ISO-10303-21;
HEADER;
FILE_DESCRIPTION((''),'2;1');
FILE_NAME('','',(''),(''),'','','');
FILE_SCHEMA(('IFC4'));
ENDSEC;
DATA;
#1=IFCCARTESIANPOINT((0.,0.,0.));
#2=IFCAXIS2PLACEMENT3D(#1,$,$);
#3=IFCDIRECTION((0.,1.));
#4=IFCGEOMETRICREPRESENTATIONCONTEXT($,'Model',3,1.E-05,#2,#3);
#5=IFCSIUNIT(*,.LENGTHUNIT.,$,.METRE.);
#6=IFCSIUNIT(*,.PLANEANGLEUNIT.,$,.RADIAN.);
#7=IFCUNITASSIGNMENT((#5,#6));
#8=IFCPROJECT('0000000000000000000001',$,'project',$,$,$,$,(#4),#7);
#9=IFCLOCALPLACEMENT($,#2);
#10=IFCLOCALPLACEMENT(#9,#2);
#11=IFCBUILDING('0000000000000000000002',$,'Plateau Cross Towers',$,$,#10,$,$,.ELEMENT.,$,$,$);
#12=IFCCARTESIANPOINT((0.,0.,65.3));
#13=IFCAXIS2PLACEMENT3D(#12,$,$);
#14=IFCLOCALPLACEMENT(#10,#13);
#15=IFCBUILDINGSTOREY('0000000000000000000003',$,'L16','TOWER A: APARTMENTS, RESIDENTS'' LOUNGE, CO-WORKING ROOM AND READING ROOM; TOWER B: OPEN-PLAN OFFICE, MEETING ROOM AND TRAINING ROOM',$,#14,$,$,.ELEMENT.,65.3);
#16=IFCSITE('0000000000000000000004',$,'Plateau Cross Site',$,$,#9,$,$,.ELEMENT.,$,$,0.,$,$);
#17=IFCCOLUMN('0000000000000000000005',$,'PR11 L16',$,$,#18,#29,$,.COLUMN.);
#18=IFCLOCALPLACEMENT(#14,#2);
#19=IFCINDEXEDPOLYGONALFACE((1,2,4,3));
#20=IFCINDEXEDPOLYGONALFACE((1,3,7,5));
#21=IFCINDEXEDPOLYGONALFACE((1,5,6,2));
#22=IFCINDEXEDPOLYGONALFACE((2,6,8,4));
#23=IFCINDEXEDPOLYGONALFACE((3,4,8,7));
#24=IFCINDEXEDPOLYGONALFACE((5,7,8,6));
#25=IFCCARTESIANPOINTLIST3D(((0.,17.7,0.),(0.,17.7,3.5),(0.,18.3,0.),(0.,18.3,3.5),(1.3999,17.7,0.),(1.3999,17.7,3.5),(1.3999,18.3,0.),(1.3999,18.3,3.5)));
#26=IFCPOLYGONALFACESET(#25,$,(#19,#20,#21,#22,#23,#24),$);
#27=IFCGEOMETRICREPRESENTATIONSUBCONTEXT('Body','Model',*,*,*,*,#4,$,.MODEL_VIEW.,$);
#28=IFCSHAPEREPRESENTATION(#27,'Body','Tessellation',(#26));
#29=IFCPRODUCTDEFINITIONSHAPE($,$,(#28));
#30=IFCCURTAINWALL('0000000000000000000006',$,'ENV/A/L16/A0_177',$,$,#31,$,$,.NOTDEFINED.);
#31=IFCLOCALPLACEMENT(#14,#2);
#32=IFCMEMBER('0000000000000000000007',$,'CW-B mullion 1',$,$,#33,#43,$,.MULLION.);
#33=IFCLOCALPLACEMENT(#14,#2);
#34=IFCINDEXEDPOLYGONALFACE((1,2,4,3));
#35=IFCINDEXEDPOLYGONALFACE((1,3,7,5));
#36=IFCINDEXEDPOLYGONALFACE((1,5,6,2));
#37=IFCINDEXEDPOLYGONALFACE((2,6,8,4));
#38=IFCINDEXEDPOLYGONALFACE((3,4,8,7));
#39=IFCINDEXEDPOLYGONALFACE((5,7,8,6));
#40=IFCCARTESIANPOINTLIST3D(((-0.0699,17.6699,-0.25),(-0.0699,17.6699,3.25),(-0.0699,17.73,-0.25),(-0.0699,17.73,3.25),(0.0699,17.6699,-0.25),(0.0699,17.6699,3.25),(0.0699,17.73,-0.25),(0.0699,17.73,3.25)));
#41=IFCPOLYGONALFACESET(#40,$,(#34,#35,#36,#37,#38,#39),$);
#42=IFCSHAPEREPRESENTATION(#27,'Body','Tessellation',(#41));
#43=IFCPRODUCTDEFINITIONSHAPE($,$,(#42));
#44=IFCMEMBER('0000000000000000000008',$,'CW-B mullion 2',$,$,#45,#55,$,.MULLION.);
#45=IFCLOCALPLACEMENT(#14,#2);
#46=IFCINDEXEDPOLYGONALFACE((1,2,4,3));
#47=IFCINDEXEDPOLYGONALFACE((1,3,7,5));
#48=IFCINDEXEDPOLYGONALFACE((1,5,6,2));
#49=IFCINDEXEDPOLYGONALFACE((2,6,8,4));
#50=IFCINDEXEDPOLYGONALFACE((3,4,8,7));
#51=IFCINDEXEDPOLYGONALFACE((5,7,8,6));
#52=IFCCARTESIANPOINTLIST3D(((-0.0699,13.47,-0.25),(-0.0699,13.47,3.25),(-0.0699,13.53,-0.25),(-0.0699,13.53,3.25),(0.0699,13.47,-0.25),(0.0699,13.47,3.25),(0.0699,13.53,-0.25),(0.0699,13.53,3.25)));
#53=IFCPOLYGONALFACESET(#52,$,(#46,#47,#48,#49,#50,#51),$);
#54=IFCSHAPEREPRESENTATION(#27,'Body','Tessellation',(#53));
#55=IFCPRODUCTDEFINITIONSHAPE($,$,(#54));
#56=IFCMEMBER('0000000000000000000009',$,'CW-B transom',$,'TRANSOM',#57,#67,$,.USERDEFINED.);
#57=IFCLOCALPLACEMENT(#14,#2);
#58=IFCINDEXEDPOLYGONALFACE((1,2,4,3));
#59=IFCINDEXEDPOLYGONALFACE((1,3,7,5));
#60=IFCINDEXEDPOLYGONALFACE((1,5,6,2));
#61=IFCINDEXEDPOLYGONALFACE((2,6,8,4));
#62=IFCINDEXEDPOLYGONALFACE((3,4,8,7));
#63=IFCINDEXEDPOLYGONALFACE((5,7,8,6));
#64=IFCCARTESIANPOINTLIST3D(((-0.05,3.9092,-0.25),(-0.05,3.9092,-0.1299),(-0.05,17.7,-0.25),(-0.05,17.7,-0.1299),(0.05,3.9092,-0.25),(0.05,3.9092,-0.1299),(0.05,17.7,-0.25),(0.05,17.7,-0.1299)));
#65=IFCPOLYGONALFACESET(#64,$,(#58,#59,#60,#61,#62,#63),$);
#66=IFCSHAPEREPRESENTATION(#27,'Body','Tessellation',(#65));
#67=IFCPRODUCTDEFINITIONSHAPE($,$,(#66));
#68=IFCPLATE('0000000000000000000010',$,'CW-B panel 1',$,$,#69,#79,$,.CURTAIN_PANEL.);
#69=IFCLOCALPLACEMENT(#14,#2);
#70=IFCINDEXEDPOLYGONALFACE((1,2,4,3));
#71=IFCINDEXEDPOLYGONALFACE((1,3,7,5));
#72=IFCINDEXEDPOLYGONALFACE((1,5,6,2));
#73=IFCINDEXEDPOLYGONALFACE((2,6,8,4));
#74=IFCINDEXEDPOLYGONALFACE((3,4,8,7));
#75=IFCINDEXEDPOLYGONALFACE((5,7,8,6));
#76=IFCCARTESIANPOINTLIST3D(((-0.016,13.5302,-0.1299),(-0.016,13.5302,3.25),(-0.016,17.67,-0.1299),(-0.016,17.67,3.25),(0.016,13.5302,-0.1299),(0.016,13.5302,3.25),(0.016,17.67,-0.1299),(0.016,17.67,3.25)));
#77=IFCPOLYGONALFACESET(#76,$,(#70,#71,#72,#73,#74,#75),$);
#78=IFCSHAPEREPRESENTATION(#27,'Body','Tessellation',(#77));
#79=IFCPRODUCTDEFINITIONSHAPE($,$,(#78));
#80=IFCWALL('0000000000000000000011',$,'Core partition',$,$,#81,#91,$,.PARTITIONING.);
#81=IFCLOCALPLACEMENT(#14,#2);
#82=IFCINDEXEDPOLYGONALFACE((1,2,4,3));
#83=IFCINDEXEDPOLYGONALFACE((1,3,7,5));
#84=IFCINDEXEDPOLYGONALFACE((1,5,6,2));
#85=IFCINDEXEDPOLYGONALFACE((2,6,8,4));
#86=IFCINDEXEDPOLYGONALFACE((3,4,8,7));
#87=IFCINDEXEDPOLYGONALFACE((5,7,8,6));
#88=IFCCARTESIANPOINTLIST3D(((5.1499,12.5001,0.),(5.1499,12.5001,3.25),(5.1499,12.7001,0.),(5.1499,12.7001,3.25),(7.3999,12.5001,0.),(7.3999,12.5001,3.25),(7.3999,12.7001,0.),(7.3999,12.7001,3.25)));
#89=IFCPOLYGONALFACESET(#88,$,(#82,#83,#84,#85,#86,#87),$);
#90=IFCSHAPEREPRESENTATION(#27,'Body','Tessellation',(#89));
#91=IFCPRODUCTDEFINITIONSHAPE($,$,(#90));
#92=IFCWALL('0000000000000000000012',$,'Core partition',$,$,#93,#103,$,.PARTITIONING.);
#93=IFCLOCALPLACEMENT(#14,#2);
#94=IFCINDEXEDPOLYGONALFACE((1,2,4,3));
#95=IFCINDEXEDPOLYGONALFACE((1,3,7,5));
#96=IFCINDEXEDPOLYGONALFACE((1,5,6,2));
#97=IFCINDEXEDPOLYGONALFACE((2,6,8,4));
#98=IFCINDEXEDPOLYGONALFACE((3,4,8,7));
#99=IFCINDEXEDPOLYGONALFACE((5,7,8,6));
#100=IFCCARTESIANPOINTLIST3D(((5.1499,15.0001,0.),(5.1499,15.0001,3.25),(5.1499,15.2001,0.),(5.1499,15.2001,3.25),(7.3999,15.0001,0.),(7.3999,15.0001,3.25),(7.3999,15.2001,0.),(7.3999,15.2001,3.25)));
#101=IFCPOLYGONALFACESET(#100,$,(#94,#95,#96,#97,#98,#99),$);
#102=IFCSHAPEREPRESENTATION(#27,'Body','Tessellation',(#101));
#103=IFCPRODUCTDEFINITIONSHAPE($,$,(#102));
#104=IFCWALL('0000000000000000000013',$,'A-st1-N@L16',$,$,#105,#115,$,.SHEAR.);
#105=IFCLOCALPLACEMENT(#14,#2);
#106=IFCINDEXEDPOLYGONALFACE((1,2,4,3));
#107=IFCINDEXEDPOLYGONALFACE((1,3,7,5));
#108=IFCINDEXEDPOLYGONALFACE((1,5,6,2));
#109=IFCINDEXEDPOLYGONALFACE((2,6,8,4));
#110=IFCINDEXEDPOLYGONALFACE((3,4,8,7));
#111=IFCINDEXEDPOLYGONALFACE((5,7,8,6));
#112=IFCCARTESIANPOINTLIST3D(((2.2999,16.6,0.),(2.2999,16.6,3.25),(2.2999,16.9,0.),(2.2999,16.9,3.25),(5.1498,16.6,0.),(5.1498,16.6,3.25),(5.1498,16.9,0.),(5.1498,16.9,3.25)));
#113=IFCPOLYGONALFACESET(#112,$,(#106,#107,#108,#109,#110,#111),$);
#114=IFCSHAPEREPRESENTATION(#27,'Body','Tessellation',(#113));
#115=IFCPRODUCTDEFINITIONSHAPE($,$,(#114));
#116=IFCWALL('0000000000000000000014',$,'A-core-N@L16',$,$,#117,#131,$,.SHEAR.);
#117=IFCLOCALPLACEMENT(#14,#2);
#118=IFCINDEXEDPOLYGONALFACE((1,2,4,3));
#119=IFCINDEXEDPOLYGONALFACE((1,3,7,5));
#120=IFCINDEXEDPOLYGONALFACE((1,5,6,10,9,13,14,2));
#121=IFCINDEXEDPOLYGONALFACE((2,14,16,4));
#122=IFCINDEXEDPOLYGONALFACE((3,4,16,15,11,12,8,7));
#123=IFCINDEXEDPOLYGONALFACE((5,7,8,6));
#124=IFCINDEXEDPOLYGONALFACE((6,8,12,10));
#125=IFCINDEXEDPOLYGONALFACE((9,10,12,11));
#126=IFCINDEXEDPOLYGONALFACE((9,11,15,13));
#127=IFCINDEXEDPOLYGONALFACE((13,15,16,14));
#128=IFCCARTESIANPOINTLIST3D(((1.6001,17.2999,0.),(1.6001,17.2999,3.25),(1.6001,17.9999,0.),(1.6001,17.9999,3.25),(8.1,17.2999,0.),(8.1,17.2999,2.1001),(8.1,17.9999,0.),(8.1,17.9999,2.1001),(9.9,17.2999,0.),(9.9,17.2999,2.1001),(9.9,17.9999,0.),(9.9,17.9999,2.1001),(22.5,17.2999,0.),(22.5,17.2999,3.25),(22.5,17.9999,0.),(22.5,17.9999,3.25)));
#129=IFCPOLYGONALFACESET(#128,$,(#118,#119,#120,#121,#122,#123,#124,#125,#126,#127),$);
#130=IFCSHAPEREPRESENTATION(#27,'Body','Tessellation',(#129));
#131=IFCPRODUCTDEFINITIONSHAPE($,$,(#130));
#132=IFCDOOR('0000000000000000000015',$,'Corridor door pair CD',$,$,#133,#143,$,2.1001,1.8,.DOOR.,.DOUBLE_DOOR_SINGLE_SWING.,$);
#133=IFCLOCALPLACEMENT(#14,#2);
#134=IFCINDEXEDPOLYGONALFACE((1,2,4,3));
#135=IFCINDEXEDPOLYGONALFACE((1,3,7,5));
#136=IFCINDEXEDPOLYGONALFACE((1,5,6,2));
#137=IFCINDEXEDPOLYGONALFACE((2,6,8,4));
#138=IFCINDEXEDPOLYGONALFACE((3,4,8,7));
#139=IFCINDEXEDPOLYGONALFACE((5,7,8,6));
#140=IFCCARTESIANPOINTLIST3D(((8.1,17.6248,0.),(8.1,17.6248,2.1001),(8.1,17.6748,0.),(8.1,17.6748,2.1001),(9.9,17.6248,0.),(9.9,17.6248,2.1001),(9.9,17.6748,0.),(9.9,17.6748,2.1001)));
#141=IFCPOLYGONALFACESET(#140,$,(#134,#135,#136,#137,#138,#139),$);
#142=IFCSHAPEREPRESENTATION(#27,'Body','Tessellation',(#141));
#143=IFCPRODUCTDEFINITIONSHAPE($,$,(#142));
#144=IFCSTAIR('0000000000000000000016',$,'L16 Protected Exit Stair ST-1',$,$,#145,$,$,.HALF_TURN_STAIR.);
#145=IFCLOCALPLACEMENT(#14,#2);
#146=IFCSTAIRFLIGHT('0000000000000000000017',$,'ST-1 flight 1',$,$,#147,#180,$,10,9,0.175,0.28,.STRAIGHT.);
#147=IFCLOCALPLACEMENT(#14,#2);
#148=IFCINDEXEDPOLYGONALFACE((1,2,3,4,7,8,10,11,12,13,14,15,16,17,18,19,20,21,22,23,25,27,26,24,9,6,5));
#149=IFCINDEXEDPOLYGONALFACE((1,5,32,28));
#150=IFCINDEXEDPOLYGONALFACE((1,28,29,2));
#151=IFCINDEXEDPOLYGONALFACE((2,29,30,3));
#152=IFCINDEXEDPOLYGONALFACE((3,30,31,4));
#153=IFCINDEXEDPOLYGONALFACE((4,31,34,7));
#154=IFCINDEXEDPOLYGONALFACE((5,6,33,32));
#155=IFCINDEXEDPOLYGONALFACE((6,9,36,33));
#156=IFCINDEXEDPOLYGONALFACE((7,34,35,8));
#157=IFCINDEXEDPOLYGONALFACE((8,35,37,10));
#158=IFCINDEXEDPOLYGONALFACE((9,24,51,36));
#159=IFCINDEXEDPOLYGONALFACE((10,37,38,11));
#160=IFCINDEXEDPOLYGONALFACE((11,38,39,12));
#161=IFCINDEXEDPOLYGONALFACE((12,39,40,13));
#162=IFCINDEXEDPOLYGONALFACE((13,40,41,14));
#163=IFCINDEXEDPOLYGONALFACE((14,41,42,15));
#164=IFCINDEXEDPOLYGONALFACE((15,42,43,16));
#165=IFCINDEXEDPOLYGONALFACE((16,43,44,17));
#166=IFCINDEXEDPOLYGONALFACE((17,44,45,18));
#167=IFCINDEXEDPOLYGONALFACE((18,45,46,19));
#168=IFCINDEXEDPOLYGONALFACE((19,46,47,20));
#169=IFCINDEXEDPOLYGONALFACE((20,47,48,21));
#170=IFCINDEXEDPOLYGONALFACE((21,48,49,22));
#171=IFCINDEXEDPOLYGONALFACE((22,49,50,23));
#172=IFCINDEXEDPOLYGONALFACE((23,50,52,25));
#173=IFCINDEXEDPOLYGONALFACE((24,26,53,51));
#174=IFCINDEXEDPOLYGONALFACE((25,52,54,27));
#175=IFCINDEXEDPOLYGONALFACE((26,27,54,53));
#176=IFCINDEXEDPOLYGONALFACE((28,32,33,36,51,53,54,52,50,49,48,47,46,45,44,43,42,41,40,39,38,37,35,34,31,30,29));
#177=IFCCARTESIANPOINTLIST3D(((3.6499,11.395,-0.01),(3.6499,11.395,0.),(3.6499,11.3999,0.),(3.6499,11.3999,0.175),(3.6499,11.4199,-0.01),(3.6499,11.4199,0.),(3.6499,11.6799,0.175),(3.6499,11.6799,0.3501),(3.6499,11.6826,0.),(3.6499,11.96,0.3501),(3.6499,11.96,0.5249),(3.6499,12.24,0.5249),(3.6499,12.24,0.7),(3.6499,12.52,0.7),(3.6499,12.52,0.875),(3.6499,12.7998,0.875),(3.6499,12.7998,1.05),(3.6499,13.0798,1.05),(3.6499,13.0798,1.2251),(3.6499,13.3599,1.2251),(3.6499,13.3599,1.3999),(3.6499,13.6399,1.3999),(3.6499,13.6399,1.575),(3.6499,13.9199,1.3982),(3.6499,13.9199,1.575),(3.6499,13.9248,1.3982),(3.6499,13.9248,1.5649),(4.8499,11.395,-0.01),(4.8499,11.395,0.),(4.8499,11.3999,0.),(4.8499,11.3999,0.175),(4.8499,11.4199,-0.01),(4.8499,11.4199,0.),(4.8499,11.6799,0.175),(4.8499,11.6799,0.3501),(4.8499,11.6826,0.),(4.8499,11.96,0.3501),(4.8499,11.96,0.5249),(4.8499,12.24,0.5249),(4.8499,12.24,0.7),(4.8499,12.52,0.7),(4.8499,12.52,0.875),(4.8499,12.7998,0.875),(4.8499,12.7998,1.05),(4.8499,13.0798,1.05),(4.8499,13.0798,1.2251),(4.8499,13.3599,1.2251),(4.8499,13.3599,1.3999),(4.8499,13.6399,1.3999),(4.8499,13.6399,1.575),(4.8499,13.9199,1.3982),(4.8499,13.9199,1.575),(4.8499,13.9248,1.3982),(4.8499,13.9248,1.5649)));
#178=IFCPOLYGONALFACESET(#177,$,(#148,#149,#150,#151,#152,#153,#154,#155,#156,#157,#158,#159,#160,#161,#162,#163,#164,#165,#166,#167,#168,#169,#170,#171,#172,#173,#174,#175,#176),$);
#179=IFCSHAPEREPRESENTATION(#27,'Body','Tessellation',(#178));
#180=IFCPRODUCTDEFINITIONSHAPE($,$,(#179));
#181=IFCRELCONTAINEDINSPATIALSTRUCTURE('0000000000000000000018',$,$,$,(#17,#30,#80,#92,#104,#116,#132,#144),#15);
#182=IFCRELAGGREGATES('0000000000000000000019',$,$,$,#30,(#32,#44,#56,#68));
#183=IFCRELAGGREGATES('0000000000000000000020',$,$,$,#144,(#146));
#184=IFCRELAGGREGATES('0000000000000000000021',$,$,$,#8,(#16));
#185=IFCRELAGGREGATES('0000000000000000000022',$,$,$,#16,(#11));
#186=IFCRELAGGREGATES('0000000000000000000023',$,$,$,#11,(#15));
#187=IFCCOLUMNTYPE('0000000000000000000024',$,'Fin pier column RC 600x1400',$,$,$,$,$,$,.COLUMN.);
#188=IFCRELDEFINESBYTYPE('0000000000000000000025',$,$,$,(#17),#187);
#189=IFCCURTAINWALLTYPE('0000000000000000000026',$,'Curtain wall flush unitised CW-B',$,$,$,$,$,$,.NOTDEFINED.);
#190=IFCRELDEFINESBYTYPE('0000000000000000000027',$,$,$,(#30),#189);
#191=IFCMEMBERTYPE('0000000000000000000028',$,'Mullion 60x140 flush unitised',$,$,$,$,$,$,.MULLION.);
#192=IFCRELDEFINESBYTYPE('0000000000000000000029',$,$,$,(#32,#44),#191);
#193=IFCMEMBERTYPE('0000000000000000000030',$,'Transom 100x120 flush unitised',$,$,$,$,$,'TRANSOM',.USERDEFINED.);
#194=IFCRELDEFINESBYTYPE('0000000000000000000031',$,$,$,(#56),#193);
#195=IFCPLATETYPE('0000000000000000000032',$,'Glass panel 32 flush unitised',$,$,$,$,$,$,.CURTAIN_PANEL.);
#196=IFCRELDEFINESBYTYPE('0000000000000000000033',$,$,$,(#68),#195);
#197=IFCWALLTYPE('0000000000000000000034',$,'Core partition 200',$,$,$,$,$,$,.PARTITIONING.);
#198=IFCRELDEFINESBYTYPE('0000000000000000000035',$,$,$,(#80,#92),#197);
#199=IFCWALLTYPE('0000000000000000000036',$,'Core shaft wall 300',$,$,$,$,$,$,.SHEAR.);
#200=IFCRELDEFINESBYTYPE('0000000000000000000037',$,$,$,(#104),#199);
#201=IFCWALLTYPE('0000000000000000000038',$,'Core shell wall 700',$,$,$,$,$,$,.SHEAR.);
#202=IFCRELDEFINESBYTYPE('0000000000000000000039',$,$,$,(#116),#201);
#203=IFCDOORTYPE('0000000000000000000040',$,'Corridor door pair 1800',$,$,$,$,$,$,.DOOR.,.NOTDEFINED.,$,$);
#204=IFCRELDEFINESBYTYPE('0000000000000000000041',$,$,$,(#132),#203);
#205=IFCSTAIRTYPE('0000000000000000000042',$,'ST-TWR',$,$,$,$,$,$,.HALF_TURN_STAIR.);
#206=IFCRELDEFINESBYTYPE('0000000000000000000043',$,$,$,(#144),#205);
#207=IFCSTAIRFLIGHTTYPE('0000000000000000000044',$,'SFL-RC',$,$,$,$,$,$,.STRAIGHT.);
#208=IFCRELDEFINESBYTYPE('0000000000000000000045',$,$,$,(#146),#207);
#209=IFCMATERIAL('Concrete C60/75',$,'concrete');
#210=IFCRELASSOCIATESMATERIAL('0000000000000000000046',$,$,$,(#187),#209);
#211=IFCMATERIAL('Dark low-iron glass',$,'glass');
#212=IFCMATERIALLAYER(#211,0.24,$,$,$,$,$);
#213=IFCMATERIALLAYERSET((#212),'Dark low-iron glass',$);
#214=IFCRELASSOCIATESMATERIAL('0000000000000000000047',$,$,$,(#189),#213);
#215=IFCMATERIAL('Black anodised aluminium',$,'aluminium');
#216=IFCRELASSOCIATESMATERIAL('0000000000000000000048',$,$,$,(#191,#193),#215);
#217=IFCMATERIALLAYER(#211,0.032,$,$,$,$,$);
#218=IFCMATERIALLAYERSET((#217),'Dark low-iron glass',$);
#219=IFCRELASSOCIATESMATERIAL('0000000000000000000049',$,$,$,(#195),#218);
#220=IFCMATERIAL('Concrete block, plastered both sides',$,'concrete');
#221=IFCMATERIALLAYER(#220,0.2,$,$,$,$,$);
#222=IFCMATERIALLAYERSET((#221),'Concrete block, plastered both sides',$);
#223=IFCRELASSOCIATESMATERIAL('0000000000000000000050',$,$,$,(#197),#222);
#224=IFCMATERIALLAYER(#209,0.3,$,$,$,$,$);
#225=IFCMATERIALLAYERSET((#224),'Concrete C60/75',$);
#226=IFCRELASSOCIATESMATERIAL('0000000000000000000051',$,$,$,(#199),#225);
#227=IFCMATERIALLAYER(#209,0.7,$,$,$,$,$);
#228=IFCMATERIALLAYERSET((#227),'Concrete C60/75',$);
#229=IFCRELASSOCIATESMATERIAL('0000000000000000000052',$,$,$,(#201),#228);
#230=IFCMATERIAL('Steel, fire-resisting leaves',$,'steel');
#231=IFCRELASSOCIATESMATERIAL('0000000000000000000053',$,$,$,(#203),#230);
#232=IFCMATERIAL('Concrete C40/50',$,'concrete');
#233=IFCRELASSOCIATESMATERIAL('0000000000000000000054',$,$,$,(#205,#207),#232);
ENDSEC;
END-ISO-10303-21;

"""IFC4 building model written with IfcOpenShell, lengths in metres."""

from ifc_helpers import new_model, si_unit, direction, frame, frame_2d, origin, origin_2d, place, context, subcontext, project, spatial, polyline, rectangle, outline, extrude, material, layer, layer_set, material_profile, profile_set, type_object, element, fill, aggregate, save


model = new_model("IFC4")

# Units and contexts
model_context = context("Model", 3, precision=1e-05, world=origin(), true_north=direction((0.0, 1.0)))
body_context = subcontext(model_context, "Body", "Model", "MODEL_VIEW")
ifc_project = project(units=[si_unit("LENGTHUNIT", "METRE"), si_unit("PLANEANGLEUNIT", "RADIAN")], contexts=[model_context])

# Site, building, storey
site_placement = place(None, origin())
site = spatial("IfcSite", under=ifc_project, at=site_placement, Name="Plateau Cross Site", CompositionType="ELEMENT", RefElevation=0.0)
building_placement = place(site_placement, origin())
building = spatial("IfcBuilding", under=site, at=building_placement, Name="Plateau Cross Towers", CompositionType="ELEMENT")
storey_placement = place(building_placement, frame((0.0, 0.0, 65.3)))
storey = spatial("IfcBuildingStorey", under=building, at=storey_placement, Name="L16", Description="TOWER A: APARTMENTS, RESIDENTS' LOUNGE, CO-WORKING ROOM AND READING ROOM; TOWER B: OPEN-PLAN OFFICE, MEETING ROOM AND TRAINING ROOM", CompositionType="ELEMENT", Elevation=65.3)

# Column
ifc_material_1 = material(Name="Concrete C60/75", Category="concrete")
ifc_material_profile_1 = material_profile(ifc_material_1, rectangle(XDim=0.6001, YDim=1.3999, at=origin_2d()), Name="RC 600x1400")
ifc_profile_set_1 = profile_set([ifc_material_profile_1], Name="Concrete C60/75")
column_type = type_object("IfcColumnType", Name="Fin pier column RC 600x1400", PredefinedType="COLUMN", material=ifc_profile_set_1)
column_placement = place(storey_placement, frame((0.7, 18.0, 0.0), z_axis=(0.0, 0.0, 1.0), x_axis=(0.0, 1.0, 0.0)))
element("IfcColumn", 1, at=column_placement, inside=storey, type_object=column_type, Name="PR11 L16", PredefinedType="COLUMN", context=body_context, shape_type="SweptSolid", body=[
    extrude(rectangle(XDim=0.6001, YDim=1.3999, at=origin_2d()), origin(), (0.0, 0.0, 1.0), 3.5),
])

# Curtain wall, members, plate
ifc_material_2 = material(Name="Dark low-iron glass", Category="glass")
ifc_layer_1 = layer(ifc_material_2, 0.24)
ifc_layer_set_1 = layer_set([ifc_layer_1], Name="Dark low-iron glass")
curtain_wall_type = type_object("IfcCurtainWallType", Name="Curtain wall flush unitised CW-B", PredefinedType="NOTDEFINED", material=ifc_layer_set_1)
curtain_wall_placement = place(storey_placement, origin())
curtain_wall = element("IfcCurtainWall", 2, at=curtain_wall_placement, inside=storey, type_object=curtain_wall_type, Name="ENV/A/L16/A0_177", PredefinedType="NOTDEFINED")
ifc_material_3 = material(Name="Black anodised aluminium", Category="aluminium")
ifc_material_profile_2 = material_profile(ifc_material_3, rectangle(XDim=0.0601, YDim=0.1399, at=origin_2d()), Name="MULLION 60x140")
ifc_profile_set_2 = profile_set([ifc_material_profile_2], Name="Black anodised aluminium")
member_type_1 = type_object("IfcMemberType", Name="Mullion 60x140 flush unitised", PredefinedType="MULLION", material=ifc_profile_set_2)
member_1_placement = place(storey_placement, frame((0.0, 17.7, -0.25), z_axis=(0.0, 0.0, 1.0), x_axis=(0.0, -1.0, 0.0)))
member_1 = element("IfcMember", 3, at=member_1_placement, type_object=member_type_1, Name="CW-B mullion 1", PredefinedType="MULLION", context=body_context, shape_type="SweptSolid", body=[
    extrude(rectangle(XDim=0.0601, YDim=0.1399, at=origin_2d()), origin(), (0.0, 0.0, 1.0), 3.5),
])
member_2_placement = place(storey_placement, frame((0.0, 13.5, -0.25), z_axis=(0.0, 0.0, 1.0), x_axis=(0.0, -1.0, 0.0)))
member_2 = element("IfcMember", 4, at=member_2_placement, type_object=member_type_1, Name="CW-B mullion 2", PredefinedType="MULLION", context=body_context, shape_type="SweptSolid", body=[
    extrude(rectangle(XDim=0.0601, YDim=0.1399, at=origin_2d()), origin(), (0.0, 0.0, 1.0), 3.5),
])
ifc_material_profile_3 = material_profile(ifc_material_3, rectangle(XDim=0.1001, YDim=0.1201, at=origin_2d()), Name="TRANSOM 100x120")
ifc_profile_set_3 = profile_set([ifc_material_profile_3], Name="Black anodised aluminium")
member_type_2 = type_object("IfcMemberType", Name="Transom 100x120 flush unitised", ElementType="TRANSOM", PredefinedType="USERDEFINED", material=ifc_profile_set_3)
member_3_placement = place(storey_placement, frame((0.0, 17.7, -0.1899), z_axis=(0.0, -1.0, 0.0), x_axis=(1.0, 0.0, 0.0)))
member_3 = element("IfcMember", 5, at=member_3_placement, type_object=member_type_2, Name="CW-B transom", ObjectType="TRANSOM", PredefinedType="USERDEFINED", context=body_context, shape_type="SweptSolid", body=[
    extrude(rectangle(XDim=0.1001, YDim=0.1201, at=origin_2d()), origin(), (0.0, 0.0, 1.0), 13.7908),
])
ifc_layer_2 = layer(ifc_material_2, 0.032)
ifc_layer_set_2 = layer_set([ifc_layer_2], Name="Dark low-iron glass")
plate_type = type_object("IfcPlateType", Name="Glass panel 32 flush unitised", PredefinedType="CURTAIN_PANEL", material=ifc_layer_set_2)
plate_placement = place(storey_placement, frame((0.0, 15.6001, -0.1299), z_axis=(0.0, 0.0, 1.0), x_axis=(0.0, -1.0, 0.0)))
plate = element("IfcPlate", 6, at=plate_placement, type_object=plate_type, Name="CW-B panel 1", PredefinedType="CURTAIN_PANEL", context=body_context, shape_type="SweptSolid", body=[
    extrude(rectangle(XDim=4.1399, YDim=0.032, at=origin_2d()), origin(), (0.0, 0.0, 1.0), 3.3799),
])
aggregate(curtain_wall, [member_1, member_2, member_3, plate])

# Walls
ifc_material_4 = material(Name="Concrete block, plastered both sides", Category="concrete")
ifc_layer_3 = layer(ifc_material_4, 0.2)
ifc_layer_set_3 = layer_set([ifc_layer_3], Name="Concrete block, plastered both sides")
wall_type_1 = type_object("IfcWallType", Name="Core partition 200", PredefinedType="PARTITIONING", material=ifc_layer_set_3)
for number, where, z_axis, x_axis, name in (
    (7, (5.1499, 12.6001, 0.0), (0.0, 0.0, 1.0), (1.0, 0.0, 0.0), "Core partition"),
    (8, (5.1499, 15.1001, 0.0), (0.0, 0.0, 1.0), (1.0, 0.0, 0.0), "Core partition"),
):
    element("IfcWall", number, at=place(storey_placement, frame(where, z_axis=z_axis, x_axis=x_axis)), inside=storey, type_object=wall_type_1, Name=name, PredefinedType="PARTITIONING", context=body_context, shape_type="SweptSolid", body=[
        extrude(rectangle(XDim=2.25, YDim=0.2, at=frame_2d((1.125, 0.0))), origin(), (0.0, 0.0, 1.0), 3.25),
    ])
ifc_layer_4 = layer(ifc_material_1, 0.3)
ifc_layer_set_4 = layer_set([ifc_layer_4], Name="Concrete C60/75")
wall_type_2 = type_object("IfcWallType", Name="Core shaft wall 300", PredefinedType="SHEAR", material=ifc_layer_set_4)
wall_1_placement = place(storey_placement, frame((2.3, 16.75, 0.0), z_axis=(0.0, 0.0, 1.0), x_axis=(1.0, 0.0, 0.0)))
element("IfcWall", 9, at=wall_1_placement, inside=storey, type_object=wall_type_2, Name="A-st1-N@L16", PredefinedType="SHEAR", context=body_context, shape_type="SweptSolid", body=[
    extrude(rectangle(XDim=2.8499, YDim=0.3, at=frame_2d((1.4248, 0.0))), origin(), (0.0, 0.0, 1.0), 3.25),
])

# Wall, opening, door
ifc_layer_5 = layer(ifc_material_1, 0.7)
ifc_layer_set_5 = layer_set([ifc_layer_5], Name="Concrete C60/75")
wall_type_3 = type_object("IfcWallType", Name="Core shell wall 700", PredefinedType="SHEAR", material=ifc_layer_set_5)
wall_2_placement = place(storey_placement, frame((1.6001, 17.6499, 0.0), z_axis=(0.0, 0.0, 1.0), x_axis=(1.0, 0.0, 0.0)))
wall_2 = element("IfcWall", 10, at=wall_2_placement, inside=storey, type_object=wall_type_3, Name="A-core-N@L16", PredefinedType="SHEAR", context=body_context, shape_type="SweptSolid", body=[
    extrude(rectangle(XDim=20.8999, YDim=0.7, at=frame_2d((10.45, 0.0))), origin(), (0.0, 0.0, 1.0), 3.25),
])
opening_placement = place(wall_2_placement, frame((6.5, 0.0, 0.0)))
opening = element("IfcOpeningElement", 11, at=opening_placement, cuts=wall_2, PredefinedType="OPENING", context=body_context, shape_type="SweptSolid", body=[
    extrude(rectangle(XDim=1.8, YDim=2.1001, at=frame_2d((0.8999, 1.05))), frame((0.0, 0.3599, 0.0), z_axis=(0.0, -1.0, 0.0), x_axis=(1.0, 0.0, 0.0)), (0.0, 0.0, 1.0), 0.72),
])
ifc_material_5 = material(Name="Steel, fire-resisting leaves", Category="steel")
door_type = type_object("IfcDoorType", Name="Corridor door pair 1800", OperationType="NOTDEFINED", PredefinedType="DOOR", material=ifc_material_5)
door_placement = place(opening_placement, origin())
door = element("IfcDoor", 12, at=door_placement, inside=storey, type_object=door_type, Name="Corridor door pair CD", OperationType="DOUBLE_DOOR_SINGLE_SWING", OverallHeight=2.1001, OverallWidth=1.8, PredefinedType="DOOR", context=body_context, shape_type="SweptSolid", body=[
    extrude(rectangle(XDim=1.8, YDim=2.1001, at=frame_2d((0.8999, 1.05))), frame((0.0, 0.0249, 0.0), z_axis=(0.0, -1.0, 0.0), x_axis=(1.0, 0.0, 0.0)), (0.0, 0.0, 1.0), 0.05),
])
fill(opening, door)

# Stair, stair flight
ifc_material_6 = material(Name="Concrete C40/50", Category="concrete")
stair_type = type_object("IfcStairType", Name="ST-TWR", PredefinedType="HALF_TURN_STAIR", material=ifc_material_6)
stair_placement = place(storey_placement, origin())
stair = element("IfcStair", 13, at=stair_placement, inside=storey, type_object=stair_type, Name="L16 Protected Exit Stair ST-1", PredefinedType="HALF_TURN_STAIR")
stair_flight_type = type_object("IfcStairFlightType", Name="SFL-RC", PredefinedType="STRAIGHT", material=ifc_material_6)
stair_flight_1_placement = place(storey_placement, frame((4.25, 11.3999, 0.0), z_axis=(0.0, 0.0, 1.0), x_axis=(0.0, 1.0, 0.0)))
stair_flight_1 = element("IfcStairFlight", 14, at=stair_flight_1_placement, type_object=stair_flight_type, Name="ST-1 flight 1", NumberOfRisers=10, NumberOfTreads=9, PredefinedType="STRAIGHT", RiserHeight=0.175, TreadLength=0.28, context=body_context, shape_type="SweptSolid", body=[
    extrude(outline(polyline([(-0.0049, -0.01), (-0.0049, 0.0), (0.0, 0.0), (0.0, 0.175), (0.28, 0.175), (0.28, 0.3501), (0.5601, 0.3501), (0.5601, 0.5249), (0.8401, 0.5249), (0.8401, 0.7), (1.1201, 0.7), (1.1201, 0.875), (1.3999, 0.875), (1.3999, 1.05), (1.6799, 1.05), (1.6799, 1.2251), (1.96, 1.2251), (1.96, 1.3999), (2.24, 1.3999), (2.24, 1.575), (2.52, 1.575), (2.5249, 1.5649), (2.5249, 1.3982), (2.52, 1.3982), (0.2827, 0.0), (0.02, 0.0), (0.02, -0.01), (-0.0049, -0.01)])), frame((0.0, 0.6001, 0.0), z_axis=(0.0, -1.0, 0.0), x_axis=(1.0, 0.0, 0.0)), (0.0, 0.0, 1.0), 1.2),
])
aggregate(stair, [stair_flight_1])

save(model, "model.ifc")
